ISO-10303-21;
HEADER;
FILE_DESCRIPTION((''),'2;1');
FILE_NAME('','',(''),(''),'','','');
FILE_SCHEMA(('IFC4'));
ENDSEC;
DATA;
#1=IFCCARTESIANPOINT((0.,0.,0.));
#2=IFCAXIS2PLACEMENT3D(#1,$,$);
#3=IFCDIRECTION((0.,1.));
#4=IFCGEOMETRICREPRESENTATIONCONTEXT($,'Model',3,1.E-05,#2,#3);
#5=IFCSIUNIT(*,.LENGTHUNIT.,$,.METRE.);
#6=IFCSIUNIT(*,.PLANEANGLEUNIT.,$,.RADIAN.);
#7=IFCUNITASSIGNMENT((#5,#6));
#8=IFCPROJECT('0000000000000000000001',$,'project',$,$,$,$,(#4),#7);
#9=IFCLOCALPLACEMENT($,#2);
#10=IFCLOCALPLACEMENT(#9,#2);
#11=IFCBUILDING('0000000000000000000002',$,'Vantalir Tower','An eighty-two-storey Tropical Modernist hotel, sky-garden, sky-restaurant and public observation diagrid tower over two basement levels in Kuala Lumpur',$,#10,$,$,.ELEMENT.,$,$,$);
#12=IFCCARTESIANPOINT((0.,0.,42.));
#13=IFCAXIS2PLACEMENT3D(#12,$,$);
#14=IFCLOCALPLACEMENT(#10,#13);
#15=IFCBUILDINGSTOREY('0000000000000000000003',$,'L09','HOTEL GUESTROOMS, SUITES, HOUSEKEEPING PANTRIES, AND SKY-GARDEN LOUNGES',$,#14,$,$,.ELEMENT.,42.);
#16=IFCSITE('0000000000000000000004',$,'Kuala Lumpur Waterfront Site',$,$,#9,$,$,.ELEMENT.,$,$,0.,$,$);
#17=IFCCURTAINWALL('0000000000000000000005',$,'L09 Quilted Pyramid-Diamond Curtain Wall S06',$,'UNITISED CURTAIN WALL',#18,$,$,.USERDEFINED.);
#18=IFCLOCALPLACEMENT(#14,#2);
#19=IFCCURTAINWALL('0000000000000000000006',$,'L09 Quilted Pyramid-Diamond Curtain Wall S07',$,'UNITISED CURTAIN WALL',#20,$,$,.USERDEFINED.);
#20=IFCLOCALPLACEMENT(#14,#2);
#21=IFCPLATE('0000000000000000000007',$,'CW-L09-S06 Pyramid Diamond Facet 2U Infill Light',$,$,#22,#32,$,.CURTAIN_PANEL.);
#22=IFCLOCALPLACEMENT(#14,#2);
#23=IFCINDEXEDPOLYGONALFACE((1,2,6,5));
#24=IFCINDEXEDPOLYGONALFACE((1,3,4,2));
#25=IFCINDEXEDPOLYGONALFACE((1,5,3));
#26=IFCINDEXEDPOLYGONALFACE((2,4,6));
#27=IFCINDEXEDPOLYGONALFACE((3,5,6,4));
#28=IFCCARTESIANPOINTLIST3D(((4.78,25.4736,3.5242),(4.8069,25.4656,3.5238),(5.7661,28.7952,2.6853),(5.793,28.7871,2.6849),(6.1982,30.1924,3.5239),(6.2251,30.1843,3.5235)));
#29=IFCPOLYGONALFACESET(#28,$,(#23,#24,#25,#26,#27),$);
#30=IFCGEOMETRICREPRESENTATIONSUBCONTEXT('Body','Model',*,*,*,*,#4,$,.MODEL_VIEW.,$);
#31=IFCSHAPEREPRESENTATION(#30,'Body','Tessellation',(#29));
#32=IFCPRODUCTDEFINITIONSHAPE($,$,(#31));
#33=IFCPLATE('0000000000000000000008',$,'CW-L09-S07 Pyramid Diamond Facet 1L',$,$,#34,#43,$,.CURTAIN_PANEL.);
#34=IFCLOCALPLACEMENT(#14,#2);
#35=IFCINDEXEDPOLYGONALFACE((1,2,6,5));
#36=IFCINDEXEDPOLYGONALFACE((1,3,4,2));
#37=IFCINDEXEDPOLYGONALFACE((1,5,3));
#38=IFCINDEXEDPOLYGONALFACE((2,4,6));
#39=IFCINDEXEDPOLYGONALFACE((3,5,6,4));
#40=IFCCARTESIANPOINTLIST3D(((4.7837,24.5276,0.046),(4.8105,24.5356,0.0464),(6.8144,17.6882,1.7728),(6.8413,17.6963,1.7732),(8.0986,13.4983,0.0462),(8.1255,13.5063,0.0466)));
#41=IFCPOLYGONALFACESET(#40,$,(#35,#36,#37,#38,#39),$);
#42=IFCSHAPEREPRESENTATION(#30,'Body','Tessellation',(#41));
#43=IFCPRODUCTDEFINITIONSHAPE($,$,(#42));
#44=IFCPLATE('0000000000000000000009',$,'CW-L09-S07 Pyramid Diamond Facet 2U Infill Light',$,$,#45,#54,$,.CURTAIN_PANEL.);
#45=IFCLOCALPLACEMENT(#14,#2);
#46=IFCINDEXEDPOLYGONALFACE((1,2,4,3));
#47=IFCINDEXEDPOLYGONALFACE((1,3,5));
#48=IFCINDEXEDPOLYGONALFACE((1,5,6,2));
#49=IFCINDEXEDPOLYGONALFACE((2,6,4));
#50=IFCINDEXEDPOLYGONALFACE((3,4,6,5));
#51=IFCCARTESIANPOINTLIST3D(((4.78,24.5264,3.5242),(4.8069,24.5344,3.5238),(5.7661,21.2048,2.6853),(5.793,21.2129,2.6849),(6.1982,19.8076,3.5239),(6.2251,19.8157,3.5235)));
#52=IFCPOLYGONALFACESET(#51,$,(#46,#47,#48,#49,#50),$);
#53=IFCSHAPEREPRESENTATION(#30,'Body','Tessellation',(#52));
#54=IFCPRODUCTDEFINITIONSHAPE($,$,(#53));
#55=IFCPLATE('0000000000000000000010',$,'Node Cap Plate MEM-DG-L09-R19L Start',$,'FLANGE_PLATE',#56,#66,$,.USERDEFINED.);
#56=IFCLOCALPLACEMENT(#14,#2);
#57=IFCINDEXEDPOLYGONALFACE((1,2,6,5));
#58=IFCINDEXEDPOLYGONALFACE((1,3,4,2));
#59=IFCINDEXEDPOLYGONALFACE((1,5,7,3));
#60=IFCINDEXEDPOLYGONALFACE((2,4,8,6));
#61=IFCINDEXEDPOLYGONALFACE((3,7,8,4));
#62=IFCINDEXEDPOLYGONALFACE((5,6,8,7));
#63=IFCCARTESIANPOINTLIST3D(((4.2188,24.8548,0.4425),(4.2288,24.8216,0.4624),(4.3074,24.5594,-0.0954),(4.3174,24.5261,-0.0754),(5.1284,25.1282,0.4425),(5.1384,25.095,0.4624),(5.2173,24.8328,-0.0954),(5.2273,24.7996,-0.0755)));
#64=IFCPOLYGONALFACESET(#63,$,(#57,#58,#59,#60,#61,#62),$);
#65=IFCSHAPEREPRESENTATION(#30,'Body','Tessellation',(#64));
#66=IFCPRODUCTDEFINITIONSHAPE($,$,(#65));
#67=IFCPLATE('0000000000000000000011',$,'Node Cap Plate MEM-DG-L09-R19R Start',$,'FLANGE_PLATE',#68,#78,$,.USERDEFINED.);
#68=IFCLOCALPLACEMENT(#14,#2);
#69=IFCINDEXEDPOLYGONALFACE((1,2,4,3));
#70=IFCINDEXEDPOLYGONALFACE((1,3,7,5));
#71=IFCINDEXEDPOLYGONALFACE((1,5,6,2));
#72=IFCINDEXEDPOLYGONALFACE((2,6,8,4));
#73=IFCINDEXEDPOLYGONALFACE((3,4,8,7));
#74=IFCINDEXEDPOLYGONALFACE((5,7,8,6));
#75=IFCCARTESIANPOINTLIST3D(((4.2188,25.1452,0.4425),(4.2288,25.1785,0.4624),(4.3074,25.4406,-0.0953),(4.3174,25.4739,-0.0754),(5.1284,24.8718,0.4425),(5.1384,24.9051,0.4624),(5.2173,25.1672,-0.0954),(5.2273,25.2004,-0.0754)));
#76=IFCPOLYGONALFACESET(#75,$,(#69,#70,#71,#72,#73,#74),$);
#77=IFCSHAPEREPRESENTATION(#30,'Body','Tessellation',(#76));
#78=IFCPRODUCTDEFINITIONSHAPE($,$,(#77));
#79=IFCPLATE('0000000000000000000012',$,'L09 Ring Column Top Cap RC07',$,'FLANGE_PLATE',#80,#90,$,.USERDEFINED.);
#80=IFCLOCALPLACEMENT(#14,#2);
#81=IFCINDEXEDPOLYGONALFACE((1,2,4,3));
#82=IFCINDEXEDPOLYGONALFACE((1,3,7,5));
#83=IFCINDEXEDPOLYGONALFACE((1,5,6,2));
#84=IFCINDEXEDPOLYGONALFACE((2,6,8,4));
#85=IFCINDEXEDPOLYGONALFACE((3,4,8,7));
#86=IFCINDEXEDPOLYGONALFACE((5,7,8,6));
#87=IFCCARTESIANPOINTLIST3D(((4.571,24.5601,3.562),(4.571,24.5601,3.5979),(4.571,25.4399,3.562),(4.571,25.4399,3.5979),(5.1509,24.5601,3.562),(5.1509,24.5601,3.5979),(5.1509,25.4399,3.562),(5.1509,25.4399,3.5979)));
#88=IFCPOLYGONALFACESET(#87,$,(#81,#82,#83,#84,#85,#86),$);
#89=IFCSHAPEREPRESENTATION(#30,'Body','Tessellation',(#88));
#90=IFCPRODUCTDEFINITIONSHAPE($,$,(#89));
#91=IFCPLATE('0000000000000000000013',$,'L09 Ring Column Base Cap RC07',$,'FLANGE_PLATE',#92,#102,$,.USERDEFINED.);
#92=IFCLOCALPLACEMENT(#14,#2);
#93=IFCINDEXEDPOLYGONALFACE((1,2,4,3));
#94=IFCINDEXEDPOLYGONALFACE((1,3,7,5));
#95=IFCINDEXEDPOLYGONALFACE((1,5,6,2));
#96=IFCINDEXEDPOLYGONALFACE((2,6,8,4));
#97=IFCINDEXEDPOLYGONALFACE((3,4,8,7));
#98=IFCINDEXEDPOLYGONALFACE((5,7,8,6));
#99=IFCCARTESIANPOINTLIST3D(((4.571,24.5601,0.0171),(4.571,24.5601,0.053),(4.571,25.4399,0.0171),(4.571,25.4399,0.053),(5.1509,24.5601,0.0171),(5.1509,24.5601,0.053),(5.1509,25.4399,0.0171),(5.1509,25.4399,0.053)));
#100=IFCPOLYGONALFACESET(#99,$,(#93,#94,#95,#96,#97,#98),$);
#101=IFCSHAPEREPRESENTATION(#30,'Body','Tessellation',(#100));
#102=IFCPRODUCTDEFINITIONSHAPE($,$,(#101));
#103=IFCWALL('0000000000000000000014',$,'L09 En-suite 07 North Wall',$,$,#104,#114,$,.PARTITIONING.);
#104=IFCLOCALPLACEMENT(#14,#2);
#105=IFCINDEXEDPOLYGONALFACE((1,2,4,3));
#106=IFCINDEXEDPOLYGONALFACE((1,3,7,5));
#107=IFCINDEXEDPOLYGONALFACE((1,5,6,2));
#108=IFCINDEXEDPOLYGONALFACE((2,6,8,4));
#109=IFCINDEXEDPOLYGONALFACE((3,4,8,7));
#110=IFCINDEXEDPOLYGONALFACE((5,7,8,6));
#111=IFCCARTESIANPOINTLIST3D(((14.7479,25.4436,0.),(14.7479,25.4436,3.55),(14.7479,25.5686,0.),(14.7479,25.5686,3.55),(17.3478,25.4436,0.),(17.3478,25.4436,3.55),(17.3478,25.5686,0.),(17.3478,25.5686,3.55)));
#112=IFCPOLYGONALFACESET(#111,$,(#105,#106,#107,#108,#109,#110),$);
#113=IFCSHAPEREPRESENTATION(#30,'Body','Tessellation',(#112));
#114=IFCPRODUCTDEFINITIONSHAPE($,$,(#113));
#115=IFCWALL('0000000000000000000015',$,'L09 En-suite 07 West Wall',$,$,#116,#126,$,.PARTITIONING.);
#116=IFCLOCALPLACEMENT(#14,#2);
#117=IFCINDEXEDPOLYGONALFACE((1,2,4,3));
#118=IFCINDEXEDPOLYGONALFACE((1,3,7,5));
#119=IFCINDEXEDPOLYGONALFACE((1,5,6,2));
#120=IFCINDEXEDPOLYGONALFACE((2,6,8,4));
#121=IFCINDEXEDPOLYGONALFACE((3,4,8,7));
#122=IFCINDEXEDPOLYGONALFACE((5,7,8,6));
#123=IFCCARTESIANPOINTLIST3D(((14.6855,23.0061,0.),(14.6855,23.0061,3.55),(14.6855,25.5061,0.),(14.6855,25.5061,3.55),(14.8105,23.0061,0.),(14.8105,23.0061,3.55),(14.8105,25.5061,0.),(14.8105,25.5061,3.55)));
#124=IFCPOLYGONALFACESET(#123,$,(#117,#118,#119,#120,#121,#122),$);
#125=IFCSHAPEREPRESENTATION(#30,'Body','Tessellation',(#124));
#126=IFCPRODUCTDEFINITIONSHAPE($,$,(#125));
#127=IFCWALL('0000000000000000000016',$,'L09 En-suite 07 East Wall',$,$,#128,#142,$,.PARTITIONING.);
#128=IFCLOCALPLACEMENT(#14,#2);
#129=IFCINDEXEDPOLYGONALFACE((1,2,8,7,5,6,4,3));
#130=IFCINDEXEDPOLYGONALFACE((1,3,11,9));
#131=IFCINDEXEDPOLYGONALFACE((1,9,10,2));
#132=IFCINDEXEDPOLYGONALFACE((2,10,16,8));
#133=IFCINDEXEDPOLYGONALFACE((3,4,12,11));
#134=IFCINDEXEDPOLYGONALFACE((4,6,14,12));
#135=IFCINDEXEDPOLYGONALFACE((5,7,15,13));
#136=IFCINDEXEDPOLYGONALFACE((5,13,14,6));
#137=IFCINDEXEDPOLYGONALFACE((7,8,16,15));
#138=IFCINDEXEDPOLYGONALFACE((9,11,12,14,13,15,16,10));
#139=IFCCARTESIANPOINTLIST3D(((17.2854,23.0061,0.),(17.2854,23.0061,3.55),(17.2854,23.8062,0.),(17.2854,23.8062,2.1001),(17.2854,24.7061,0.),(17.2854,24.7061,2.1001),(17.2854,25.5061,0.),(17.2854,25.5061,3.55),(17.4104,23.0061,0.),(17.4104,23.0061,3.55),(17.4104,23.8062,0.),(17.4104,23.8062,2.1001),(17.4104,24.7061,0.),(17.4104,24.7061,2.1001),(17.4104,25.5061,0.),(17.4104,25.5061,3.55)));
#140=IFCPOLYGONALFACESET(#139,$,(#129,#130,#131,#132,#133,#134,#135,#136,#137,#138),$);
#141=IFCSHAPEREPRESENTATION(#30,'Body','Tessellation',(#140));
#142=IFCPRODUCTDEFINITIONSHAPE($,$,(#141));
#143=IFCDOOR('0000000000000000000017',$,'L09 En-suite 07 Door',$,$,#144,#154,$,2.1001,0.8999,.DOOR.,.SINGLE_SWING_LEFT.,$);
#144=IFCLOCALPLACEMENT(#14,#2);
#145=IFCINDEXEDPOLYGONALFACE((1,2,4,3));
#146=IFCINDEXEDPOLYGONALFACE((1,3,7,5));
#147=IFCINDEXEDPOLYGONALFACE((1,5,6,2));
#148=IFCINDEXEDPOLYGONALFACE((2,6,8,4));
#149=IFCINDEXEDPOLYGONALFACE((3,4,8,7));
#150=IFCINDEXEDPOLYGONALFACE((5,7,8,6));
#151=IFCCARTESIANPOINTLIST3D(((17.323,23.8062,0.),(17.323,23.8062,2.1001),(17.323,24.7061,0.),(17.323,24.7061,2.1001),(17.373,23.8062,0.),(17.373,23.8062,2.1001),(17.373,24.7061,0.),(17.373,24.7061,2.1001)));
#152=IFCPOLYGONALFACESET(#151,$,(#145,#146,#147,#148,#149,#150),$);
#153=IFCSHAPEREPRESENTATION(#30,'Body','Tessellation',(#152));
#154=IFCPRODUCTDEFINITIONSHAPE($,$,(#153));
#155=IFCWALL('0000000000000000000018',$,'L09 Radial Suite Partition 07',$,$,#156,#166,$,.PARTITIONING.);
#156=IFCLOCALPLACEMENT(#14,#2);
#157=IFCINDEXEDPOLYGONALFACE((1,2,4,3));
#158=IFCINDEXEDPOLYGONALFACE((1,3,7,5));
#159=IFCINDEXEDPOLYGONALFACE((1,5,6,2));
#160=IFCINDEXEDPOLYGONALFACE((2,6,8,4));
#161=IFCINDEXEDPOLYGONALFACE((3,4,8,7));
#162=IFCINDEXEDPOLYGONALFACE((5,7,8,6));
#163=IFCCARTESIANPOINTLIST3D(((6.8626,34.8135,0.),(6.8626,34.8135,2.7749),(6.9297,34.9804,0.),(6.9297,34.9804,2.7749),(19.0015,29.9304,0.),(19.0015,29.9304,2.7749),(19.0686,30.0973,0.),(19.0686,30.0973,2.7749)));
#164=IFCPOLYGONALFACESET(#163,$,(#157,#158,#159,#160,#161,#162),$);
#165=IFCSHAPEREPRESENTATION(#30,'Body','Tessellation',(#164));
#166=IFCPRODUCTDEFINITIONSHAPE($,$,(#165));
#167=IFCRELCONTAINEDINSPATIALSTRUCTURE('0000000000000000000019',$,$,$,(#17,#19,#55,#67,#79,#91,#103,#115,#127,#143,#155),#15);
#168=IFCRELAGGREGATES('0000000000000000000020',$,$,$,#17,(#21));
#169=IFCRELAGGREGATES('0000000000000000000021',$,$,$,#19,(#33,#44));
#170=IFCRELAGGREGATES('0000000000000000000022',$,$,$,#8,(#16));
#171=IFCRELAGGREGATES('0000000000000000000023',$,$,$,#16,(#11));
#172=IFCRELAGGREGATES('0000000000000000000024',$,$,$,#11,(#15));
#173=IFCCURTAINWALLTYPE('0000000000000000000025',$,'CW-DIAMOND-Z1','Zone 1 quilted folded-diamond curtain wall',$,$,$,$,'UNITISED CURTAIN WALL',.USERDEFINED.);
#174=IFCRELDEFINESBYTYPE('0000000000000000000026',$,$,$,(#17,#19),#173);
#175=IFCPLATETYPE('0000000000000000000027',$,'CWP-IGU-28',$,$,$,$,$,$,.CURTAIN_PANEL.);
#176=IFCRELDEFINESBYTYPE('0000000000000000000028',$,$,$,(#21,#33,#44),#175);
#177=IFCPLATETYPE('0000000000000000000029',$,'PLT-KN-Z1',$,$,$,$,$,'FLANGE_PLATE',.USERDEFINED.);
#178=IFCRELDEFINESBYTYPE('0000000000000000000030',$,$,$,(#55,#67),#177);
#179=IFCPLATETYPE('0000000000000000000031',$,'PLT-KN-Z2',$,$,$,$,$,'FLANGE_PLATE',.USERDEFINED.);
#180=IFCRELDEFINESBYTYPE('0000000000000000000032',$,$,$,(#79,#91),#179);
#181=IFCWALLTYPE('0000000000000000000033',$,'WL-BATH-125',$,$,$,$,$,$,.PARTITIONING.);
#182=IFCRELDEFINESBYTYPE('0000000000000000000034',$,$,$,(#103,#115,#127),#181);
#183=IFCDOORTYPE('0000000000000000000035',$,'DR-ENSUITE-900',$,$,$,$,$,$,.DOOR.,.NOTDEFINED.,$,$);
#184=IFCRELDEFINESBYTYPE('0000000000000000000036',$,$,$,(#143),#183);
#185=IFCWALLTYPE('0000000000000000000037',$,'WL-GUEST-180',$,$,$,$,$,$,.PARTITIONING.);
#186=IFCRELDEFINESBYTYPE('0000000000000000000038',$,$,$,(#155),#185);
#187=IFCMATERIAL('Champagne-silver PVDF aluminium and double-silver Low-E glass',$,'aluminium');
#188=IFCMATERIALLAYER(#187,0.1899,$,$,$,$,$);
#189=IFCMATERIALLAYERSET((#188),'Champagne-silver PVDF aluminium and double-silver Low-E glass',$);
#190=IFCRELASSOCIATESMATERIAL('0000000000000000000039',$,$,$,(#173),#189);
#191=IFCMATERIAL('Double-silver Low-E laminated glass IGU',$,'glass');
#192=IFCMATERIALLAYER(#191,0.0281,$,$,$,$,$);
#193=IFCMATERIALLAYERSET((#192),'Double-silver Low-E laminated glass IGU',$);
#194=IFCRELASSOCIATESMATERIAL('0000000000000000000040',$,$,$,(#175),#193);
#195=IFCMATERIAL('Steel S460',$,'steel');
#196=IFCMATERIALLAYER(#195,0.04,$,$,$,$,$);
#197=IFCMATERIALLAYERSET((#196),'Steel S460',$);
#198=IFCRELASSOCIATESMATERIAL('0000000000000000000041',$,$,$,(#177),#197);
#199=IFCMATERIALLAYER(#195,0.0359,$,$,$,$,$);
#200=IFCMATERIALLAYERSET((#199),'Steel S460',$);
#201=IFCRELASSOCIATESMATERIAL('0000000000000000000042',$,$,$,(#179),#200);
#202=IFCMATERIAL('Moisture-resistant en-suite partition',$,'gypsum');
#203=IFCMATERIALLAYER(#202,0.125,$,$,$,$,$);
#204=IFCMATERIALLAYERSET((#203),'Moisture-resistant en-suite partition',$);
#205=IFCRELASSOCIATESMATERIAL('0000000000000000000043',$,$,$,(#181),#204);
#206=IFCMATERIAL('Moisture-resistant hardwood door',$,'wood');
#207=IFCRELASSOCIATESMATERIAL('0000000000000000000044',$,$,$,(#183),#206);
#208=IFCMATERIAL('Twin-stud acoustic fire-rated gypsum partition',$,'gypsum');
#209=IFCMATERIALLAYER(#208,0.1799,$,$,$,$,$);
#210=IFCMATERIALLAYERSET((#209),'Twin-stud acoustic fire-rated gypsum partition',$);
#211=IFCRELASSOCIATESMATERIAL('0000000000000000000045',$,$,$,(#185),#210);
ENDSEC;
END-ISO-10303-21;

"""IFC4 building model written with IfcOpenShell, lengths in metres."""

from ifc_helpers import new_model, si_unit, direction, frame, frame_2d, origin, place, context, subcontext, project, spatial, polyline, rectangle, outline, extrude, material, layer, layer_set, type_object, element, fill, aggregate, save


model = new_model("IFC4")

# Units and contexts
model_context = context("Model", 3, precision=1e-05, world=origin(), true_north=direction((0.0, 1.0)))
body_context = subcontext(model_context, "Body", "Model", "MODEL_VIEW")
ifc_project = project(units=[si_unit("LENGTHUNIT", "METRE"), si_unit("PLANEANGLEUNIT", "RADIAN")], contexts=[model_context])

# Site, building, storey
site_placement = place(None, origin())
site = spatial("IfcSite", under=ifc_project, at=site_placement, Name="Kuala Lumpur Waterfront Site", CompositionType="ELEMENT", RefElevation=0.0)
building_placement = place(site_placement, origin())
building = spatial("IfcBuilding", under=site, at=building_placement, Name="Vantalir Tower", Description="An eighty-two-storey Tropical Modernist hotel, sky-garden, sky-restaurant and public observation diagrid tower over two basement levels in Kuala Lumpur", CompositionType="ELEMENT")
storey_placement = place(building_placement, frame((0.0, 0.0, 42.0)))
storey = spatial("IfcBuildingStorey", under=building, at=storey_placement, Name="L09", Description="HOTEL GUESTROOMS, SUITES, HOUSEKEEPING PANTRIES, AND SKY-GARDEN LOUNGES", CompositionType="ELEMENT", Elevation=42.0)

# Shared definitions
ifc_material_1 = material(Name="Steel S460", Category="steel")

# Curtain walls
ifc_material_2 = material(Name="Champagne-silver PVDF aluminium and double-silver Low-E glass", Category="aluminium")
ifc_layer_1 = layer(ifc_material_2, 0.1899)
ifc_layer_set_1 = layer_set([ifc_layer_1], Name="Champagne-silver PVDF aluminium and double-silver Low-E glass")
curtain_wall_type = type_object("IfcCurtainWallType", Name="CW-DIAMOND-Z1", Description="Zone 1 quilted folded-diamond curtain wall", ElementType="UNITISED CURTAIN WALL", PredefinedType="USERDEFINED", material=ifc_layer_set_1)
curtain_wall_1_placement = place(storey_placement, origin())
curtain_wall_1 = element("IfcCurtainWall", 1, at=curtain_wall_1_placement, inside=storey, type_object=curtain_wall_type, Name="L09 Quilted Pyramid-Diamond Curtain Wall S06", ObjectType="UNITISED CURTAIN WALL", PredefinedType="USERDEFINED")
curtain_wall_2_placement = place(storey_placement, origin())
curtain_wall_2 = element("IfcCurtainWall", 2, at=curtain_wall_2_placement, inside=storey, type_object=curtain_wall_type, Name="L09 Quilted Pyramid-Diamond Curtain Wall S07", ObjectType="UNITISED CURTAIN WALL", PredefinedType="USERDEFINED")

# Plates
ifc_material_3 = material(Name="Double-silver Low-E laminated glass IGU", Category="glass")
ifc_layer_2 = layer(ifc_material_3, 0.0281)
ifc_layer_set_2 = layer_set([ifc_layer_2], Name="Double-silver Low-E laminated glass IGU")
plate_type_1 = type_object("IfcPlateType", Name="CWP-IGU-28", PredefinedType="CURTAIN_PANEL", material=ifc_layer_set_2)
plate_1_placement = place(storey_placement, frame((6.1982, 30.1924, 3.5239), z_axis=(-0.957589, 0.287802, 0.013927), x_axis=(-0.28783, -0.957682, 0.00005)))
plate_1 = element("IfcPlate", 3, at=plate_1_placement, type_object=plate_type_1, Name="CW-L09-S06 Pyramid Diamond Facet 2U Infill Light", PredefinedType="CURTAIN_PANEL", context=body_context, shape_type="SweptSolid", body=[
    extrude(outline(polyline([(0.0, 0.0), (4.9273, 0.0), (1.4624, -0.8388), (0.0, 0.0)])), origin(), (0.0, 0.0, -1.0), 0.0281),
])
aggregate(curtain_wall_1, [plate_1])
plate_2_placement = place(storey_placement, frame((4.8105, 24.5356, 0.0464), z_axis=(0.957588, 0.287811, 0.013787), x_axis=(0.287838, -0.957679, 0.000021)))
plate_2 = element("IfcPlate", 4, at=plate_2_placement, type_object=plate_type_1, Name="CW-L09-S07 Pyramid Diamond Facet 1L", PredefinedType="CURTAIN_PANEL", context=body_context, shape_type="SweptSolid", body=[
    extrude(outline(polyline([(0.0, 0.0), (11.5167, 0.0), (7.1345, -1.7268), (0.0, 0.0)])), origin(), (0.0, 0.0, -1.0), 0.0281),
])
plate_3_placement = place(storey_placement, frame((4.78, 24.5264, 3.5242), z_axis=(-0.957589, -0.287802, 0.013927), x_axis=(0.28783, -0.957682, -0.00005)))
plate_3 = element("IfcPlate", 5, at=plate_3_placement, type_object=plate_type_1, Name="CW-L09-S07 Pyramid Diamond Facet 2U Infill Light", PredefinedType="CURTAIN_PANEL", context=body_context, shape_type="SweptSolid", body=[
    extrude(outline(polyline([(0.0, 0.0), (4.9273, 0.0), (3.4648, -0.8388), (0.0, 0.0)])), origin(), (0.0, 0.0, -1.0), 0.0281),
])
aggregate(curtain_wall_2, [plate_2, plate_3])

# Plates
ifc_layer_3 = layer(ifc_material_1, 0.04)
ifc_layer_set_3 = layer_set([ifc_layer_3], Name="Steel S460")
plate_type_2 = type_object("IfcPlateType", Name="PLT-KN-Z1", ElementType="FLANGE_PLATE", PredefinedType="USERDEFINED", material=ifc_layer_set_3)
plate_4_placement = place(storey_placement, frame((4.3174, 24.5261, -0.0754), z_axis=(0.249684, -0.830758, 0.497493), x_axis=(0.957684, 0.287822, -0.000016)))
element("IfcPlate", 6, at=plate_4_placement, inside=storey, type_object=plate_type_2, Name="Node Cap Plate MEM-DG-L09-R19L Start", ObjectType="FLANGE_PLATE", PredefinedType="USERDEFINED", context=body_context, shape_type="SweptSolid", body=[
    extrude(outline(polyline([(0.0, 0.0), (0.9501, 0.0), (0.95, 0.62), (0.0001, 0.62), (0.0, 0.0)])), origin(), (0.0, 0.0, -1.0), 0.04),
])
plate_5_placement = place(storey_placement, frame((5.2273, 25.2004, -0.0754), z_axis=(0.249684, 0.830758, 0.497493), x_axis=(-0.957684, 0.287822, 0.000016)))
element("IfcPlate", 7, at=plate_5_placement, inside=storey, type_object=plate_type_2, Name="Node Cap Plate MEM-DG-L09-R19R Start", ObjectType="FLANGE_PLATE", PredefinedType="USERDEFINED", context=body_context, shape_type="SweptSolid", body=[
    extrude(outline(polyline([(0.0, 0.0), (0.9501, 0.0), (0.95, 0.62), (0.0001, 0.62), (0.0, 0.0)])), origin(), (0.0, 0.0, -1.0), 0.04),
])
ifc_layer_4 = layer(ifc_material_1, 0.0359)
ifc_layer_set_4 = layer_set([ifc_layer_4], Name="Steel S460")
plate_type_3 = type_object("IfcPlateType", Name="PLT-KN-Z2", ElementType="FLANGE_PLATE", PredefinedType="USERDEFINED", material=ifc_layer_set_4)
for number, where, z_axis, x_axis, name in (
    (8, (4.571, 25.4399, 3.5979), (0.0, 0.0, 1.0), (0.0, -1.0, 0.0), "L09 Ring Column Top Cap RC07"),
    (9, (4.571, 25.4399, 0.053), (0.0, 0.0, 1.0), (0.0, -1.0, 0.0), "L09 Ring Column Base Cap RC07"),
):
    element("IfcPlate", number, at=place(storey_placement, frame(where, z_axis=z_axis, x_axis=x_axis)), inside=storey, type_object=plate_type_3, Name=name, ObjectType="FLANGE_PLATE", PredefinedType="USERDEFINED", context=body_context, shape_type="SweptSolid", body=[
        extrude(outline(polyline([(0.0, 0.0), (0.8799, 0.0), (0.8799, 0.5798), (0.0, 0.5798), (0.0, 0.0)])), origin(), (0.0, 0.0, -1.0), 0.0359),
    ])

# Walls
ifc_material_4 = material(Name="Moisture-resistant en-suite partition", Category="gypsum")
ifc_layer_5 = layer(ifc_material_4, 0.125)
ifc_layer_set_5 = layer_set([ifc_layer_5], Name="Moisture-resistant en-suite partition")
wall_type_1 = type_object("IfcWallType", Name="WL-BATH-125", PredefinedType="PARTITIONING", material=ifc_layer_set_5)
wall_1_placement = place(storey_placement, frame((14.748, 25.5061, 0.0), z_axis=(0.0, 0.0, 1.0), x_axis=(1.0, 0.0, 0.0)))
element("IfcWall", 10, at=wall_1_placement, inside=storey, type_object=wall_type_1, Name="L09 En-suite 07 North Wall", PredefinedType="PARTITIONING", context=body_context, shape_type="SweptSolid", body=[
    extrude(rectangle(XDim=2.5999, YDim=0.125, at=frame_2d((1.2998, 0.0))), origin(), (0.0, 0.0, 1.0), 3.55),
])
wall_2_placement = place(storey_placement, frame((14.748, 23.0061, 0.0), z_axis=(0.0, 0.0, 1.0), x_axis=(0.0, 1.0, 0.0)))
element("IfcWall", 11, at=wall_2_placement, inside=storey, type_object=wall_type_1, Name="L09 En-suite 07 West Wall", PredefinedType="PARTITIONING", context=body_context, shape_type="SweptSolid", body=[
    extrude(rectangle(XDim=2.5, YDim=0.125, at=frame_2d((1.25, 0.0))), origin(), (0.0, 0.0, 1.0), 3.55),
])

# Wall, opening, door
wall_3_placement = place(storey_placement, frame((17.3479, 23.0061, 0.0), z_axis=(0.0, 0.0, 1.0), x_axis=(0.0, 1.0, 0.0)))
wall_3 = element("IfcWall", 12, at=wall_3_placement, inside=storey, type_object=wall_type_1, Name="L09 En-suite 07 East Wall", PredefinedType="PARTITIONING", context=body_context, shape_type="SweptSolid", body=[
    extrude(rectangle(XDim=2.5, YDim=0.125, at=frame_2d((1.25, 0.0))), origin(), (0.0, 0.0, 1.0), 3.55),
])
opening_placement = place(wall_3_placement, frame((0.8, 0.0, 0.0)))
opening = element("IfcOpeningElement", 13, at=opening_placement, cuts=wall_3, PredefinedType="OPENING", context=body_context, shape_type="SweptSolid", body=[
    extrude(rectangle(XDim=0.8999, YDim=2.1001, at=frame_2d((0.45, 1.05))), frame((0.0, 0.0725, 0.0), z_axis=(0.0, -1.0, 0.0), x_axis=(1.0, 0.0, 0.0)), (0.0, 0.0, 1.0), 0.145),
])
ifc_material_5 = material(Name="Moisture-resistant hardwood door", Category="wood")
door_type = type_object("IfcDoorType", Name="DR-ENSUITE-900", OperationType="NOTDEFINED", PredefinedType="DOOR", material=ifc_material_5)
door_placement = place(opening_placement, origin())
door = element("IfcDoor", 14, at=door_placement, inside=storey, type_object=door_type, Name="L09 En-suite 07 Door", OperationType="SINGLE_SWING_LEFT", OverallHeight=2.1001, OverallWidth=0.8999, PredefinedType="DOOR", context=body_context, shape_type="SweptSolid", body=[
    extrude(rectangle(XDim=0.8999, YDim=2.1001, at=frame_2d((0.45, 1.05))), frame((0.0, 0.0249, 0.0), z_axis=(0.0, -1.0, 0.0), x_axis=(1.0, 0.0, 0.0)), (0.0, 0.0, 1.0), 0.05),
])
fill(opening, door)

# Wall
ifc_material_6 = material(Name="Twin-stud acoustic fire-rated gypsum partition", Category="gypsum")
ifc_layer_6 = layer(ifc_material_6, 0.1799)
ifc_layer_set_6 = layer_set([ifc_layer_6], Name="Twin-stud acoustic fire-rated gypsum partition")
wall_type_2 = type_object("IfcWallType", Name="WL-GUEST-180", PredefinedType="PARTITIONING", material=ifc_layer_set_6)
wall_4_placement = place(storey_placement, frame((19.0349, 30.0139, 0.0), z_axis=(0.0, 0.0, 1.0), x_axis=(-0.92775, 0.373201, 0.0)))
element("IfcWall", 15, at=wall_4_placement, inside=storey, type_object=wall_type_2, Name="L09 Radial Suite Partition 07", PredefinedType="PARTITIONING", context=body_context, shape_type="SweptSolid", body=[
    extrude(rectangle(XDim=13.0842, YDim=0.1799, at=frame_2d((6.542, 0.0))), origin(), (0.0, 0.0, 1.0), 2.7749),
])

save(model, "model.ifc")
